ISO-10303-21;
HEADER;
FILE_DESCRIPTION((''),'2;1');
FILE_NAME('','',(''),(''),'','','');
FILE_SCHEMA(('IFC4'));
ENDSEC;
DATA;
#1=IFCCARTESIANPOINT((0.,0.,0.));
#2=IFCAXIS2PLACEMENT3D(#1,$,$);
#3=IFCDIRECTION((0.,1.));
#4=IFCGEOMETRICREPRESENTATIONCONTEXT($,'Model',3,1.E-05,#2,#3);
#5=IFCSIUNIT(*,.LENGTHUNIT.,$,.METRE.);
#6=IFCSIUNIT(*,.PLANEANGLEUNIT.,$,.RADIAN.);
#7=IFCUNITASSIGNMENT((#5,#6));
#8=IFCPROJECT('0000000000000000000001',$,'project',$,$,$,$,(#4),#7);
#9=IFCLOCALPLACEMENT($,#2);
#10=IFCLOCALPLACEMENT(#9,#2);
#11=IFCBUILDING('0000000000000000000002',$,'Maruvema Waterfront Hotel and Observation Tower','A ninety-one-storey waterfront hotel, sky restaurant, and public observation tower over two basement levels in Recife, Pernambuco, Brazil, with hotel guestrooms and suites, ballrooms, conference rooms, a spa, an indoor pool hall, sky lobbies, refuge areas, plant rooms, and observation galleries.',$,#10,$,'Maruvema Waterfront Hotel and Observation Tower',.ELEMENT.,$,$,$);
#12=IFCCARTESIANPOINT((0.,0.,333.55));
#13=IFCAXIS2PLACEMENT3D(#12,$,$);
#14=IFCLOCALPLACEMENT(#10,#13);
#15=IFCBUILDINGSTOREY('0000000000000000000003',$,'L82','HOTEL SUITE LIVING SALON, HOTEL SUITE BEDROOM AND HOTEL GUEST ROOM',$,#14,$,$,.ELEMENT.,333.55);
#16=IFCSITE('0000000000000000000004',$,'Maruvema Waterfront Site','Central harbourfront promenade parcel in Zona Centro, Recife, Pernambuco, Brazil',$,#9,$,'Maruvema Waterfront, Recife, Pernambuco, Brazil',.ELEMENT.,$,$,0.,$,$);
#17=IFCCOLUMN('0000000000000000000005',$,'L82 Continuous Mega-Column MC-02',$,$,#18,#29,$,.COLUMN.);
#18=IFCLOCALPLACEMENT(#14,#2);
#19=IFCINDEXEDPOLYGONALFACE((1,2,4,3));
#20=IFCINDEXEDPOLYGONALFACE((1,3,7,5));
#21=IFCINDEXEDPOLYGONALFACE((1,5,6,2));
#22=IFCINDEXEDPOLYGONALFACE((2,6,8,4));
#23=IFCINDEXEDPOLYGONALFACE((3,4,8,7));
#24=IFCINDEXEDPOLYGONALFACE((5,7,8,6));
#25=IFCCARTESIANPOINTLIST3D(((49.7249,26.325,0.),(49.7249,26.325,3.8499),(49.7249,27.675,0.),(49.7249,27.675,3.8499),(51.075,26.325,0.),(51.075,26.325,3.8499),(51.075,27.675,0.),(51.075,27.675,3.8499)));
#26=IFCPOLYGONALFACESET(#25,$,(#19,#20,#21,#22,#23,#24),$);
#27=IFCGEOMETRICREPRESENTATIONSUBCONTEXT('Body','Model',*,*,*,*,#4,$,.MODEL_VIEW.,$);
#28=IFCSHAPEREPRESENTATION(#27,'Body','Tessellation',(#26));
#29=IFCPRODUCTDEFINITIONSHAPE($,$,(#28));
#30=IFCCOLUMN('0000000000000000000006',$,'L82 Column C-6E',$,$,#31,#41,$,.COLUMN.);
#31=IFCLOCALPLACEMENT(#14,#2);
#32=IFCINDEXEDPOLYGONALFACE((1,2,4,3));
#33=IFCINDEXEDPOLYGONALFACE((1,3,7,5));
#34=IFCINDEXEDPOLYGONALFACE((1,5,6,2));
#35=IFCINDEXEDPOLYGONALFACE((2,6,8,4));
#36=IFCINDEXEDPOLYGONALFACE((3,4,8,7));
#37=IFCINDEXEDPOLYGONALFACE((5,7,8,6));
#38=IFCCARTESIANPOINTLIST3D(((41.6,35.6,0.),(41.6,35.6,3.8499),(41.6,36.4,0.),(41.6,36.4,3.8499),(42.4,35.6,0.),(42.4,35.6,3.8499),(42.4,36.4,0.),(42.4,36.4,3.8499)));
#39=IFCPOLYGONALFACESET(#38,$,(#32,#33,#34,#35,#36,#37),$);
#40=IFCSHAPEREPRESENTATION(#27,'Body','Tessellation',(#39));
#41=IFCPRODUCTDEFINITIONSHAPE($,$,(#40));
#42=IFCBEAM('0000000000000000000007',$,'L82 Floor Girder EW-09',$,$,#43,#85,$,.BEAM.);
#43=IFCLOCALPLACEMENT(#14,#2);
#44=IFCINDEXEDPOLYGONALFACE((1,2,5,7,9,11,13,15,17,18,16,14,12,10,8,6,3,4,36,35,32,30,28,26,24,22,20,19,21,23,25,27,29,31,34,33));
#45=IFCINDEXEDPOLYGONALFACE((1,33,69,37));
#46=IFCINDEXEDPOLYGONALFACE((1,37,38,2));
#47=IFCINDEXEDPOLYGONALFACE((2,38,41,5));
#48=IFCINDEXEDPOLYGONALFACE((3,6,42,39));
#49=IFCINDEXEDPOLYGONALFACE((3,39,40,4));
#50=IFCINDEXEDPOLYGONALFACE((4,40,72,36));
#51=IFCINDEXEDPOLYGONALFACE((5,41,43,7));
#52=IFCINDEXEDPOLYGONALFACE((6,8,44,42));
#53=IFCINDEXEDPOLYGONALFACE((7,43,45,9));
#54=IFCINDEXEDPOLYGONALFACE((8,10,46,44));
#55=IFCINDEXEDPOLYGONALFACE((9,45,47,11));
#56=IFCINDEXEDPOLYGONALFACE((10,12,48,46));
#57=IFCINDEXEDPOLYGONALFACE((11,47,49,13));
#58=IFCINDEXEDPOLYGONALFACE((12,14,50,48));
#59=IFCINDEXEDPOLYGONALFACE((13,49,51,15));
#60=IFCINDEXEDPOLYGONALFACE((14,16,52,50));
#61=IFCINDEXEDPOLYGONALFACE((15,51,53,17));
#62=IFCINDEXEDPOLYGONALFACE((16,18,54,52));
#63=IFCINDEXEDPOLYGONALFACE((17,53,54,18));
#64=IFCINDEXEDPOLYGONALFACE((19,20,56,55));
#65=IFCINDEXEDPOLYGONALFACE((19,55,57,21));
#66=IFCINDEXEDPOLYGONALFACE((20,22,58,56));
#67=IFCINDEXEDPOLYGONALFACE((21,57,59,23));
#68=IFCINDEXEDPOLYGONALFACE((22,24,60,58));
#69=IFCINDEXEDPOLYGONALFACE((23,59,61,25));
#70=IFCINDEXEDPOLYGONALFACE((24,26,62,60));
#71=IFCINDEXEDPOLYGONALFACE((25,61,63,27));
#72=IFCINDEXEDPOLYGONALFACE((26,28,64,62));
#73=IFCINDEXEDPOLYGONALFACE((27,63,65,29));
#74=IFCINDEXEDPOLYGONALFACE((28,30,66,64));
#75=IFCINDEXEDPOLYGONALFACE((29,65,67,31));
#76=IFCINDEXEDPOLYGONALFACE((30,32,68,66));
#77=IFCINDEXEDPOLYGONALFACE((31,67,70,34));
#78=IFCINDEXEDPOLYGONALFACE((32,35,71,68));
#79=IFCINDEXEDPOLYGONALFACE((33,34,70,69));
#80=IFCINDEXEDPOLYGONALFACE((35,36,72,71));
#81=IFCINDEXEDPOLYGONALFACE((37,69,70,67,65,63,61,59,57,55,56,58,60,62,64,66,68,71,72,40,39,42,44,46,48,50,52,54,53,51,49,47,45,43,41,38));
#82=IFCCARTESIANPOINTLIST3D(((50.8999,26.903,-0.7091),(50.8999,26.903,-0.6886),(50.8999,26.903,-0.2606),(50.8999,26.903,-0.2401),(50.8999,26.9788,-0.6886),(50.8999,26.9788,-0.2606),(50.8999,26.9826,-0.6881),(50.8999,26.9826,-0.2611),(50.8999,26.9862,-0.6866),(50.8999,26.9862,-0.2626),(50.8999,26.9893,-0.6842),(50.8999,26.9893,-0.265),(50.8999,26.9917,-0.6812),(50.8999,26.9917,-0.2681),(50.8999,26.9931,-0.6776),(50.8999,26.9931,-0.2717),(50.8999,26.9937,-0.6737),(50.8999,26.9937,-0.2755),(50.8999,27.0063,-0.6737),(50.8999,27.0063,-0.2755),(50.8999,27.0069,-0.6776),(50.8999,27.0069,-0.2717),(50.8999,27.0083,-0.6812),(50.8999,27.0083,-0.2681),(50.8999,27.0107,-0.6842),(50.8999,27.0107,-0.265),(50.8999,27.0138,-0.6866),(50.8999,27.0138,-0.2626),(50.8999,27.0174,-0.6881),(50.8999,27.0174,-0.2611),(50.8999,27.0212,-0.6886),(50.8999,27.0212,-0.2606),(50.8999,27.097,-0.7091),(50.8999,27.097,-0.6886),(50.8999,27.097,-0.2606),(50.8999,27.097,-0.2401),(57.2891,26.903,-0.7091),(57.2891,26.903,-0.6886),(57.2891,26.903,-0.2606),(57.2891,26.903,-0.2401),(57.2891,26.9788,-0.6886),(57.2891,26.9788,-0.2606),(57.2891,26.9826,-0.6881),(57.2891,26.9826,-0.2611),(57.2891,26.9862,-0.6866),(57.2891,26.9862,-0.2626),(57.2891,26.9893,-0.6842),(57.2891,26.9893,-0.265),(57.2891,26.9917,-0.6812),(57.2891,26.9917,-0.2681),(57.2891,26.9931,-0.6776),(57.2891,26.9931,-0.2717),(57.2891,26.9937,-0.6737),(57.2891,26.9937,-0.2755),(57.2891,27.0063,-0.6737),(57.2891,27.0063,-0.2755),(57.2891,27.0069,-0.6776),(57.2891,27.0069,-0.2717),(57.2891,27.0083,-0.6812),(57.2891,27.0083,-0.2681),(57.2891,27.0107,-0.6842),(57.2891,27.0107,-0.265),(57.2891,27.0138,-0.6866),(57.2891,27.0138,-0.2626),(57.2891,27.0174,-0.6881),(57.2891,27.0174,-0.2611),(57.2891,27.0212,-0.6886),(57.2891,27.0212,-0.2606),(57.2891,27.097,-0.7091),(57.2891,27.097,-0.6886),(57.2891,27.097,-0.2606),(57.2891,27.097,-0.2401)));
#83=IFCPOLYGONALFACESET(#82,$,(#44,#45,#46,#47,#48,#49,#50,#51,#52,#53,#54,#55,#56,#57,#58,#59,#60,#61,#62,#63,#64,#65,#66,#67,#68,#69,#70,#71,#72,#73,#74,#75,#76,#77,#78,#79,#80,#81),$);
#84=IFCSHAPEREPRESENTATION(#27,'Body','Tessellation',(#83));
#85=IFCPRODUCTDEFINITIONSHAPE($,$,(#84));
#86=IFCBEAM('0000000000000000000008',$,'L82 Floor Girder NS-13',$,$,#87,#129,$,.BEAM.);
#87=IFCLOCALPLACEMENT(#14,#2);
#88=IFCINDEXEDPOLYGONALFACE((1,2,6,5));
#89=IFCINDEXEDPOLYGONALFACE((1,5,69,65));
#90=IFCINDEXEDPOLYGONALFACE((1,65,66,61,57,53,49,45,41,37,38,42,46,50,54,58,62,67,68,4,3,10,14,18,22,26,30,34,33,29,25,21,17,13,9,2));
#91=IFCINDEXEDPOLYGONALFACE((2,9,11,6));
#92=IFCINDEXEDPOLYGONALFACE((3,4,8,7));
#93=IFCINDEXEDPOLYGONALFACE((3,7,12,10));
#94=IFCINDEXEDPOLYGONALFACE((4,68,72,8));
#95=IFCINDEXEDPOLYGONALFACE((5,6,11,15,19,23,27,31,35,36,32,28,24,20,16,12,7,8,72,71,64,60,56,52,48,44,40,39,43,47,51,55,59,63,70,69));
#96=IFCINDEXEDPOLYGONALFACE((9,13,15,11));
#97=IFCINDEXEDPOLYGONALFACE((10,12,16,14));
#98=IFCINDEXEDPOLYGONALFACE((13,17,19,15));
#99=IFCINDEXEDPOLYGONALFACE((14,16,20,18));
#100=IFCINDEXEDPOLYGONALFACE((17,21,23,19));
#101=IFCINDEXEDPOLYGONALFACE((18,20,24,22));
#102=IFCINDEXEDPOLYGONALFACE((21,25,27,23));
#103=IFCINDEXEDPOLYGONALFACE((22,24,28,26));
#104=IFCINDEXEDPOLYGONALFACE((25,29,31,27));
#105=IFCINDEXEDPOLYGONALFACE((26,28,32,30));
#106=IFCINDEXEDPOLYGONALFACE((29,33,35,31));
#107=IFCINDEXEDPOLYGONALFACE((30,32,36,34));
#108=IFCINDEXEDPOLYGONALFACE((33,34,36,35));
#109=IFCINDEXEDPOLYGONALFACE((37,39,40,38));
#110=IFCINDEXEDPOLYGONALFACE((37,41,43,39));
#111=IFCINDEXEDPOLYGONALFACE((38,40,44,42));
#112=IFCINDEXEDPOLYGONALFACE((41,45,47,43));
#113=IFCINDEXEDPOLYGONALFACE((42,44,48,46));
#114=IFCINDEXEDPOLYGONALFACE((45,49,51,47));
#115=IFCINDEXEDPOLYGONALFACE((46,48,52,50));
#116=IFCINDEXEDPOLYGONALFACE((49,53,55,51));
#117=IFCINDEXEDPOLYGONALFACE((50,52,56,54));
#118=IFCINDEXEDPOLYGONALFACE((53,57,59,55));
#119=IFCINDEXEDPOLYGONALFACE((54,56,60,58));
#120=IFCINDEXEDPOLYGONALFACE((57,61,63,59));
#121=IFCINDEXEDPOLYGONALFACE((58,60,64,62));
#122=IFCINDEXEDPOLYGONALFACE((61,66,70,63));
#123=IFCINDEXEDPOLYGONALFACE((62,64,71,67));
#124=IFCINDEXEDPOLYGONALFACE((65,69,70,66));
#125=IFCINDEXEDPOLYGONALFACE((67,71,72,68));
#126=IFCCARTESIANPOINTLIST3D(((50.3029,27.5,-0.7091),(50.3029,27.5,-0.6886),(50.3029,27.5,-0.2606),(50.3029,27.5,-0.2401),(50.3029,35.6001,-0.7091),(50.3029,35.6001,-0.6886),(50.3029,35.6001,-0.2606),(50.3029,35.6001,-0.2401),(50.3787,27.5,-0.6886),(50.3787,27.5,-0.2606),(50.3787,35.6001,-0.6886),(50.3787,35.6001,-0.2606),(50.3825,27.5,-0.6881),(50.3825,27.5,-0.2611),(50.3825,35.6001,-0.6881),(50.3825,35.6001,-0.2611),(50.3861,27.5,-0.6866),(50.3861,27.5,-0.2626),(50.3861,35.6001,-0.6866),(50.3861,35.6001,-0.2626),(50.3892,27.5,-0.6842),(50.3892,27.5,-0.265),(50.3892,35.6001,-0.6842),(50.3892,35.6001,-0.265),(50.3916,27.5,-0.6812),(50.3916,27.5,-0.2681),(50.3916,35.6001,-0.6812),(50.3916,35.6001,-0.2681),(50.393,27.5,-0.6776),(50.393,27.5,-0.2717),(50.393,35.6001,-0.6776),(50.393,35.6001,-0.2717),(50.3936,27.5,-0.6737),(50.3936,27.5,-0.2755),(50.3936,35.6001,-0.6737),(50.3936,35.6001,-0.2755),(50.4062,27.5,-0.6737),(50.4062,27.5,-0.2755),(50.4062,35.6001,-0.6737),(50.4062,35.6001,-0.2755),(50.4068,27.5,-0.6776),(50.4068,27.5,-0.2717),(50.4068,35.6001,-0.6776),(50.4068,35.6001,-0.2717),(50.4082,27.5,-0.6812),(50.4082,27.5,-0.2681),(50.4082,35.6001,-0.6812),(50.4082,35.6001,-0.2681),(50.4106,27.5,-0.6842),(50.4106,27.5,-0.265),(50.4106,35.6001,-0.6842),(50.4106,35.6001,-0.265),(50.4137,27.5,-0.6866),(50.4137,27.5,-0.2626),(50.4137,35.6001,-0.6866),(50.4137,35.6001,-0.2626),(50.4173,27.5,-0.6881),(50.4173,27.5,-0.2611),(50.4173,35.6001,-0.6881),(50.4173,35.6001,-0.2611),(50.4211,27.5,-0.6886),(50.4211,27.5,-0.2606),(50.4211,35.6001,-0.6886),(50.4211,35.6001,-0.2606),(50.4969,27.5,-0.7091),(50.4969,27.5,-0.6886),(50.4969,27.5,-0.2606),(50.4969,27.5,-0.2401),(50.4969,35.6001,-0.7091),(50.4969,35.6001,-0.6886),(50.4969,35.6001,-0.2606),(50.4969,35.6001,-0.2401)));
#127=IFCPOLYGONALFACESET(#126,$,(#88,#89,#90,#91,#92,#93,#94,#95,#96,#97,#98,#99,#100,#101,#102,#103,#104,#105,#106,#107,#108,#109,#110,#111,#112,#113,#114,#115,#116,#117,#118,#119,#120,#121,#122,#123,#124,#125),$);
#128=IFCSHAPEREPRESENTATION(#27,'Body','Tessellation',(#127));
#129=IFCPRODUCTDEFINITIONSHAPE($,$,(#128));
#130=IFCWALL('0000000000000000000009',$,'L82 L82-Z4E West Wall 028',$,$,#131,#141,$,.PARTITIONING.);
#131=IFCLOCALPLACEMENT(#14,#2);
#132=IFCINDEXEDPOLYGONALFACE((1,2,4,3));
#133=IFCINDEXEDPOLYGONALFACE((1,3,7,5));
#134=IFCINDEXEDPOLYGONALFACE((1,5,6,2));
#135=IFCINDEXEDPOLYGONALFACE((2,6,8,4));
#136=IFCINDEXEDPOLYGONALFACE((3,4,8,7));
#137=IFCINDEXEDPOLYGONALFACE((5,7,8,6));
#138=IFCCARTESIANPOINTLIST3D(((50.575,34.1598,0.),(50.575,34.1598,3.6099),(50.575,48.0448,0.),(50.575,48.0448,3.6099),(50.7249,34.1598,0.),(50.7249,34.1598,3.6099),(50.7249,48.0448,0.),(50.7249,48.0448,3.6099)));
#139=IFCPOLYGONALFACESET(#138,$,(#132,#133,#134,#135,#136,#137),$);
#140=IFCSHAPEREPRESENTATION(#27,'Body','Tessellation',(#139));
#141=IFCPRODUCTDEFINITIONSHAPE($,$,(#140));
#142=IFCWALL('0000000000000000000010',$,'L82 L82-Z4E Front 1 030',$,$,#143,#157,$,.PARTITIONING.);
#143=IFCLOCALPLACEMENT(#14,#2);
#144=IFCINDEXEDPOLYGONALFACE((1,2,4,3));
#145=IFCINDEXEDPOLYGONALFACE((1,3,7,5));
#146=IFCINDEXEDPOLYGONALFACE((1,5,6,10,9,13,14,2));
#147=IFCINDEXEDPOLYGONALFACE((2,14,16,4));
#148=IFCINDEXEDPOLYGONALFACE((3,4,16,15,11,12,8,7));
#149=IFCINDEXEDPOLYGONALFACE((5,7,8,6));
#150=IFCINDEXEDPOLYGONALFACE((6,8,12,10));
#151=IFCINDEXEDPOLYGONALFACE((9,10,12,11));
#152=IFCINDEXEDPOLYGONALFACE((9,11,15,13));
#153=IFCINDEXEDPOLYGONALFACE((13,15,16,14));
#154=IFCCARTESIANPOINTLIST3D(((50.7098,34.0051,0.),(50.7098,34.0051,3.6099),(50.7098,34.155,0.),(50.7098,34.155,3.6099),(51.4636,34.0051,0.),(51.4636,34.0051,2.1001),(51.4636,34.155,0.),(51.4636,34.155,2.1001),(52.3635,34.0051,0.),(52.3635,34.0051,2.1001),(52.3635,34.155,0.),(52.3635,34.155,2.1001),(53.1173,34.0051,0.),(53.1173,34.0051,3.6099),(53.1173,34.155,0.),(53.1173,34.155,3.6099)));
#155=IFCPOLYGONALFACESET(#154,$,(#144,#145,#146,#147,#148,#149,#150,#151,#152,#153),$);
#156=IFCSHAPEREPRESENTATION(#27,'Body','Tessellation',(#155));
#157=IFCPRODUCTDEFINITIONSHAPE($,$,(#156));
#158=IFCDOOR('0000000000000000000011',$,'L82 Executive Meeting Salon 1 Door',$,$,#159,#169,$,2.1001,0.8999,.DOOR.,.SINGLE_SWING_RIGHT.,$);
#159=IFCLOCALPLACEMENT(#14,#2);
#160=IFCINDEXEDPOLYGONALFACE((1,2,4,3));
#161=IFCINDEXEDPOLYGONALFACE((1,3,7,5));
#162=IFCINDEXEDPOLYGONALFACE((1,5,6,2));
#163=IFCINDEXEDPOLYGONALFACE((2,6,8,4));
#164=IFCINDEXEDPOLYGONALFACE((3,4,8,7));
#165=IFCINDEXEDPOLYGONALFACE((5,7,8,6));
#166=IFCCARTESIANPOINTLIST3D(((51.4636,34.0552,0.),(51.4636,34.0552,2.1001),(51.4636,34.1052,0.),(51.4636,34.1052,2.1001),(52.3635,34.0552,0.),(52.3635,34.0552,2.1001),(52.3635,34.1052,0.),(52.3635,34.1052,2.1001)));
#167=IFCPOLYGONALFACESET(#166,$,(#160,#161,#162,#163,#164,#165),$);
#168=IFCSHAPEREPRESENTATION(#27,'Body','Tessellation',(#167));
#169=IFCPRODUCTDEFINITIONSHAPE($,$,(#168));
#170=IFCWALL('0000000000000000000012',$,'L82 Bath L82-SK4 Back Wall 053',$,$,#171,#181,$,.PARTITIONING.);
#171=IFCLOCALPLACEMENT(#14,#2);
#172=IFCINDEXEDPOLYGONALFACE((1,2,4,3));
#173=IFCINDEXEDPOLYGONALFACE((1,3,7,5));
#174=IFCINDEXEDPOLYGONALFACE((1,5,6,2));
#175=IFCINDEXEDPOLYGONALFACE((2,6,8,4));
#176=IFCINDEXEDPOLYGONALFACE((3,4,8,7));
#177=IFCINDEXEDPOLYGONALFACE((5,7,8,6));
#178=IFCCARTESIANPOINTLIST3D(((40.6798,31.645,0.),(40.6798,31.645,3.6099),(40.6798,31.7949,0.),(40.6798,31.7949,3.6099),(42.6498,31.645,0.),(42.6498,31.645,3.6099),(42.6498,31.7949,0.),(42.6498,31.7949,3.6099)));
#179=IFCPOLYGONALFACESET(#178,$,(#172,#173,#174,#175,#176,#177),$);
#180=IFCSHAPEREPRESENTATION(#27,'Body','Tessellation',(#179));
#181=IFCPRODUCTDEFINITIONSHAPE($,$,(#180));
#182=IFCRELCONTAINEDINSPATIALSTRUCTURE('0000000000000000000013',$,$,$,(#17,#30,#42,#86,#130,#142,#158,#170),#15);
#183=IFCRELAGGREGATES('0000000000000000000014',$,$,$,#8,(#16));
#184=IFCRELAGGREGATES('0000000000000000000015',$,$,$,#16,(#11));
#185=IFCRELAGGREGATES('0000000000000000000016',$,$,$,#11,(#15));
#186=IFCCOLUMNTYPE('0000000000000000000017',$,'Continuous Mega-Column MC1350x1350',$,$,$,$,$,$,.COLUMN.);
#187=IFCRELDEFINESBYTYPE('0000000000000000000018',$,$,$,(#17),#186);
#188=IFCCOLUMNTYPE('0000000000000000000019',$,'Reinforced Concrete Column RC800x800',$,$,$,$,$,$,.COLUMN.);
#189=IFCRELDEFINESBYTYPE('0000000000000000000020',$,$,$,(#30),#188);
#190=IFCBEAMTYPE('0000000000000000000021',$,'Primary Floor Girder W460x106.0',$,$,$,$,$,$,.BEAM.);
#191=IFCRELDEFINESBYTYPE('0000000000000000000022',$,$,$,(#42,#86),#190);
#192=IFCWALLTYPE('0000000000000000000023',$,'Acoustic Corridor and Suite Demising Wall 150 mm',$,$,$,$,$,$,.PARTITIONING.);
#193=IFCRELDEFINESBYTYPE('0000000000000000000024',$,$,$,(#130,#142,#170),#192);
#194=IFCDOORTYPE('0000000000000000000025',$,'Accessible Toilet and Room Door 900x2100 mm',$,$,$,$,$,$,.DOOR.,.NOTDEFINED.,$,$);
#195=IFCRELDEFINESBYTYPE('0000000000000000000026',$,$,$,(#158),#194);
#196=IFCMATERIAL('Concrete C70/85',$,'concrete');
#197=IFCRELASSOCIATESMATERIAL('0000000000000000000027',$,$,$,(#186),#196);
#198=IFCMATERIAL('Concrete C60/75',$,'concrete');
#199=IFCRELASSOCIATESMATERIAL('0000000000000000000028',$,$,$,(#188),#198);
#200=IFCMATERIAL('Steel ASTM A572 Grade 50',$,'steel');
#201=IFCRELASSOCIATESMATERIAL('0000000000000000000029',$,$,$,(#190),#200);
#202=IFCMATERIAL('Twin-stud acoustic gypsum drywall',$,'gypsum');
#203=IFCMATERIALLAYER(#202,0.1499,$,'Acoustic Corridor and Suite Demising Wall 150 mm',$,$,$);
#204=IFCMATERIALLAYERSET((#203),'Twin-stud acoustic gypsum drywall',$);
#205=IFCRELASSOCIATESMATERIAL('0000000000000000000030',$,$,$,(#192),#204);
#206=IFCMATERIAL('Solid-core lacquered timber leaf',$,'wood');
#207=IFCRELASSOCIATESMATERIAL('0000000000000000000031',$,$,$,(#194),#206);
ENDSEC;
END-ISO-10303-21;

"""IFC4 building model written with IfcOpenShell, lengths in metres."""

from ifc_helpers import new_model, si_unit, direction, frame, frame_2d, origin, origin_2d, place, context, subcontext, project, spatial, rectangle, i_section, extrude, material, layer, layer_set, material_profile, profile_set, type_object, element, fill, save


model = new_model("IFC4")

# Units and contexts
model_context = context("Model", 3, precision=1e-05, world=origin(), true_north=direction((0.0, 1.0)))
body_context = subcontext(model_context, "Body", "Model", "MODEL_VIEW")
ifc_project = project(units=[si_unit("LENGTHUNIT", "METRE"), si_unit("PLANEANGLEUNIT", "RADIAN")], contexts=[model_context])

# Site, building, storey
site_placement = place(None, origin())
site = spatial("IfcSite", under=ifc_project, at=site_placement, Name="Maruvema Waterfront Site", Description="Central harbourfront promenade parcel in Zona Centro, Recife, Pernambuco, Brazil", LongName="Maruvema Waterfront, Recife, Pernambuco, Brazil", CompositionType="ELEMENT", RefElevation=0.0)
building_placement = place(site_placement, origin())
building = spatial("IfcBuilding", under=site, at=building_placement, Name="Maruvema Waterfront Hotel and Observation Tower", Description="A ninety-one-storey waterfront hotel, sky restaurant, and public observation tower over two basement levels in Recife, Pernambuco, Brazil, with hotel guestrooms and suites, ballrooms, conference rooms, a spa, an indoor pool hall, sky lobbies, refuge areas, plant rooms, and observation galleries.", LongName="Maruvema Waterfront Hotel and Observation Tower", CompositionType="ELEMENT")
storey_placement = place(building_placement, frame((0.0, 0.0, 333.55)))
storey = spatial("IfcBuildingStorey", under=building, at=storey_placement, Name="L82", Description="HOTEL SUITE LIVING SALON, HOTEL SUITE BEDROOM AND HOTEL GUEST ROOM", CompositionType="ELEMENT", Elevation=333.55)

# Columns
ifc_material_1 = material(Name="Concrete C70/85", Category="concrete")
ifc_material_profile_1 = material_profile(ifc_material_1, rectangle(XDim=1.3501, YDim=1.3501, at=origin_2d()), Name="MC1350x1350")
ifc_profile_set_1 = profile_set([ifc_material_profile_1], Name="Concrete C70/85")
column_type_1 = type_object("IfcColumnType", Name="Continuous Mega-Column MC1350x1350", PredefinedType="COLUMN", material=ifc_profile_set_1)
column_1_placement = place(storey_placement, frame((50.3999, 27.0, 0.0), z_axis=(0.0, 0.0, 1.0), x_axis=(1.0, 0.0, 0.0)))
element("IfcColumn", 1, at=column_1_placement, inside=storey, type_object=column_type_1, Name="L82 Continuous Mega-Column MC-02", PredefinedType="COLUMN", context=body_context, shape_type="SweptSolid", body=[
    extrude(rectangle(XDim=1.3501, YDim=1.3501, at=origin_2d()), origin(), (0.0, 0.0, 1.0), 3.8499),
])
ifc_material_2 = material(Name="Concrete C60/75", Category="concrete")
ifc_material_profile_2 = material_profile(ifc_material_2, rectangle(XDim=0.8, YDim=0.8, at=origin_2d()), Name="RC800x800")
ifc_profile_set_2 = profile_set([ifc_material_profile_2], Name="Concrete C60/75")
column_type_2 = type_object("IfcColumnType", Name="Reinforced Concrete Column RC800x800", PredefinedType="COLUMN", material=ifc_profile_set_2)
column_2_placement = place(storey_placement, frame((42.0, 36.0, 0.0), z_axis=(0.0, 0.0, 1.0), x_axis=(1.0, 0.0, 0.0)))
element("IfcColumn", 2, at=column_2_placement, inside=storey, type_object=column_type_2, Name="L82 Column C-6E", PredefinedType="COLUMN", context=body_context, shape_type="SweptSolid", body=[
    extrude(rectangle(XDim=0.8, YDim=0.8, at=origin_2d()), origin(), (0.0, 0.0, 1.0), 3.8499),
])

# Beams
ifc_material_3 = material(Name="Steel ASTM A572 Grade 50", Category="steel")
ifc_material_profile_3 = material_profile(ifc_material_3, i_section(OverallWidth=0.1941, OverallDepth=0.469, WebThickness=0.0127, FlangeThickness=0.0205, FilletRadius=0.0149, at=origin_2d()), Name="W460x106.0")
ifc_profile_set_3 = profile_set([ifc_material_profile_3], Name="Steel ASTM A572 Grade 50")
beam_type = type_object("IfcBeamType", Name="Primary Floor Girder W460x106.0", PredefinedType="BEAM", material=ifc_profile_set_3)
beam_1_placement = place(storey_placement, frame((50.8999, 27.0, -0.4746), z_axis=(1.0, 0.0, 0.0), x_axis=(0.0, 1.0, 0.0)))
element("IfcBeam", 3, at=beam_1_placement, inside=storey, type_object=beam_type, Name="L82 Floor Girder EW-09", PredefinedType="BEAM", context=body_context, shape_type="SweptSolid", body=[
    extrude(i_section(OverallWidth=0.1941, OverallDepth=0.469, WebThickness=0.0127, FlangeThickness=0.0205, FilletRadius=0.0149, at=origin_2d()), origin(), (0.0, 0.0, 1.0), 6.3892),
])
beam_2_placement = place(storey_placement, frame((50.3999, 27.5, -0.4746), z_axis=(0.0, 1.0, 0.0), x_axis=(-1.0, 0.0, 0.0)))
element("IfcBeam", 4, at=beam_2_placement, inside=storey, type_object=beam_type, Name="L82 Floor Girder NS-13", PredefinedType="BEAM", context=body_context, shape_type="SweptSolid", body=[
    extrude(i_section(OverallWidth=0.1941, OverallDepth=0.469, WebThickness=0.0127, FlangeThickness=0.0205, FilletRadius=0.0149, at=origin_2d()), origin(), (0.0, 0.0, 1.0), 8.1001),
])

# Wall
ifc_material_4 = material(Name="Twin-stud acoustic gypsum drywall", Category="gypsum")
ifc_layer_1 = layer(ifc_material_4, 0.1499, Name="Acoustic Corridor and Suite Demising Wall 150 mm")
ifc_layer_set_1 = layer_set([ifc_layer_1], Name="Twin-stud acoustic gypsum drywall")
wall_type_1 = type_object("IfcWallType", Name="Acoustic Corridor and Suite Demising Wall 150 mm", PredefinedType="PARTITIONING", material=ifc_layer_set_1)
wall_1_placement = place(storey_placement, frame((50.6499, 34.1599, 0.0), z_axis=(0.0, 0.0, 1.0), x_axis=(0.0, 1.0, 0.0)))
element("IfcWall", 5, at=wall_1_placement, inside=storey, type_object=wall_type_1, Name="L82 L82-Z4E West Wall 028", PredefinedType="PARTITIONING", context=body_context, shape_type="SweptSolid", body=[
    extrude(rectangle(XDim=13.885, YDim=0.1499, at=frame_2d((6.9424, 0.0))), origin(), (0.0, 0.0, 1.0), 3.6099),
])

# Wall, opening, door
wall_2_placement = place(storey_placement, frame((50.71, 34.0801, 0.0), z_axis=(0.0, 0.0, 1.0), x_axis=(1.0, 0.0, 0.0)))
wall_2 = element("IfcWall", 6, at=wall_2_placement, inside=storey, type_object=wall_type_1, Name="L82 L82-Z4E Front 1 030", PredefinedType="PARTITIONING", context=body_context, shape_type="SweptSolid", body=[
    extrude(rectangle(XDim=2.4075, YDim=0.1499, at=frame_2d((1.2036, 0.0))), origin(), (0.0, 0.0, 1.0), 3.6099),
])
opening_1_placement = place(wall_2_placement, frame((0.7537, 0.0, 0.0)))
opening_1 = element("IfcOpeningElement", 7, at=opening_1_placement, cuts=wall_2, PredefinedType="OPENING", context=body_context, shape_type="SweptSolid", body=[
    extrude(rectangle(XDim=0.8999, YDim=2.1001, at=frame_2d((0.45, 1.05))), frame((0.0, 0.085, 0.0), z_axis=(0.0, -1.0, 0.0), x_axis=(1.0, 0.0, 0.0)), (0.0, 0.0, 1.0), 0.1699),
])
ifc_material_5 = material(Name="Solid-core lacquered timber leaf", Category="wood")
door_type_1 = type_object("IfcDoorType", Name="Accessible Toilet and Room Door 900x2100 mm", OperationType="NOTDEFINED", PredefinedType="DOOR", material=ifc_material_5)
door_1_placement = place(opening_1_placement, frame((0.8999, 0.0, 0.0), z_axis=(0.0, 0.0, 1.0), x_axis=(-1.0, 0.0, 0.0)))
door_1 = element("IfcDoor", 8, at=door_1_placement, inside=storey, type_object=door_type_1, Name="L82 Executive Meeting Salon 1 Door", OperationType="SINGLE_SWING_RIGHT", OverallHeight=2.1001, OverallWidth=0.8999, PredefinedType="DOOR", context=body_context, shape_type="SweptSolid", body=[
    extrude(rectangle(XDim=0.8999, YDim=2.1001, at=frame_2d((0.45, 1.05))), frame((0.0, 0.0249, 0.0), z_axis=(0.0, -1.0, 0.0), x_axis=(1.0, 0.0, 0.0)), (0.0, 0.0, 1.0), 0.05),
])
fill(opening_1, door_1)

# Wall
wall_3_placement = place(storey_placement, frame((40.6799, 31.72, 0.0), z_axis=(0.0, 0.0, 1.0), x_axis=(1.0, 0.0, 0.0)))
element("IfcWall", 9, at=wall_3_placement, inside=storey, type_object=wall_type_1, Name="L82 Bath L82-SK4 Back Wall 053", PredefinedType="PARTITIONING", context=body_context, shape_type="SweptSolid", body=[
    extrude(rectangle(XDim=1.97, YDim=0.1499, at=frame_2d((0.9849, 0.0))), origin(), (0.0, 0.0, 1.0), 3.6099),
])

save(model, "model.ifc")
